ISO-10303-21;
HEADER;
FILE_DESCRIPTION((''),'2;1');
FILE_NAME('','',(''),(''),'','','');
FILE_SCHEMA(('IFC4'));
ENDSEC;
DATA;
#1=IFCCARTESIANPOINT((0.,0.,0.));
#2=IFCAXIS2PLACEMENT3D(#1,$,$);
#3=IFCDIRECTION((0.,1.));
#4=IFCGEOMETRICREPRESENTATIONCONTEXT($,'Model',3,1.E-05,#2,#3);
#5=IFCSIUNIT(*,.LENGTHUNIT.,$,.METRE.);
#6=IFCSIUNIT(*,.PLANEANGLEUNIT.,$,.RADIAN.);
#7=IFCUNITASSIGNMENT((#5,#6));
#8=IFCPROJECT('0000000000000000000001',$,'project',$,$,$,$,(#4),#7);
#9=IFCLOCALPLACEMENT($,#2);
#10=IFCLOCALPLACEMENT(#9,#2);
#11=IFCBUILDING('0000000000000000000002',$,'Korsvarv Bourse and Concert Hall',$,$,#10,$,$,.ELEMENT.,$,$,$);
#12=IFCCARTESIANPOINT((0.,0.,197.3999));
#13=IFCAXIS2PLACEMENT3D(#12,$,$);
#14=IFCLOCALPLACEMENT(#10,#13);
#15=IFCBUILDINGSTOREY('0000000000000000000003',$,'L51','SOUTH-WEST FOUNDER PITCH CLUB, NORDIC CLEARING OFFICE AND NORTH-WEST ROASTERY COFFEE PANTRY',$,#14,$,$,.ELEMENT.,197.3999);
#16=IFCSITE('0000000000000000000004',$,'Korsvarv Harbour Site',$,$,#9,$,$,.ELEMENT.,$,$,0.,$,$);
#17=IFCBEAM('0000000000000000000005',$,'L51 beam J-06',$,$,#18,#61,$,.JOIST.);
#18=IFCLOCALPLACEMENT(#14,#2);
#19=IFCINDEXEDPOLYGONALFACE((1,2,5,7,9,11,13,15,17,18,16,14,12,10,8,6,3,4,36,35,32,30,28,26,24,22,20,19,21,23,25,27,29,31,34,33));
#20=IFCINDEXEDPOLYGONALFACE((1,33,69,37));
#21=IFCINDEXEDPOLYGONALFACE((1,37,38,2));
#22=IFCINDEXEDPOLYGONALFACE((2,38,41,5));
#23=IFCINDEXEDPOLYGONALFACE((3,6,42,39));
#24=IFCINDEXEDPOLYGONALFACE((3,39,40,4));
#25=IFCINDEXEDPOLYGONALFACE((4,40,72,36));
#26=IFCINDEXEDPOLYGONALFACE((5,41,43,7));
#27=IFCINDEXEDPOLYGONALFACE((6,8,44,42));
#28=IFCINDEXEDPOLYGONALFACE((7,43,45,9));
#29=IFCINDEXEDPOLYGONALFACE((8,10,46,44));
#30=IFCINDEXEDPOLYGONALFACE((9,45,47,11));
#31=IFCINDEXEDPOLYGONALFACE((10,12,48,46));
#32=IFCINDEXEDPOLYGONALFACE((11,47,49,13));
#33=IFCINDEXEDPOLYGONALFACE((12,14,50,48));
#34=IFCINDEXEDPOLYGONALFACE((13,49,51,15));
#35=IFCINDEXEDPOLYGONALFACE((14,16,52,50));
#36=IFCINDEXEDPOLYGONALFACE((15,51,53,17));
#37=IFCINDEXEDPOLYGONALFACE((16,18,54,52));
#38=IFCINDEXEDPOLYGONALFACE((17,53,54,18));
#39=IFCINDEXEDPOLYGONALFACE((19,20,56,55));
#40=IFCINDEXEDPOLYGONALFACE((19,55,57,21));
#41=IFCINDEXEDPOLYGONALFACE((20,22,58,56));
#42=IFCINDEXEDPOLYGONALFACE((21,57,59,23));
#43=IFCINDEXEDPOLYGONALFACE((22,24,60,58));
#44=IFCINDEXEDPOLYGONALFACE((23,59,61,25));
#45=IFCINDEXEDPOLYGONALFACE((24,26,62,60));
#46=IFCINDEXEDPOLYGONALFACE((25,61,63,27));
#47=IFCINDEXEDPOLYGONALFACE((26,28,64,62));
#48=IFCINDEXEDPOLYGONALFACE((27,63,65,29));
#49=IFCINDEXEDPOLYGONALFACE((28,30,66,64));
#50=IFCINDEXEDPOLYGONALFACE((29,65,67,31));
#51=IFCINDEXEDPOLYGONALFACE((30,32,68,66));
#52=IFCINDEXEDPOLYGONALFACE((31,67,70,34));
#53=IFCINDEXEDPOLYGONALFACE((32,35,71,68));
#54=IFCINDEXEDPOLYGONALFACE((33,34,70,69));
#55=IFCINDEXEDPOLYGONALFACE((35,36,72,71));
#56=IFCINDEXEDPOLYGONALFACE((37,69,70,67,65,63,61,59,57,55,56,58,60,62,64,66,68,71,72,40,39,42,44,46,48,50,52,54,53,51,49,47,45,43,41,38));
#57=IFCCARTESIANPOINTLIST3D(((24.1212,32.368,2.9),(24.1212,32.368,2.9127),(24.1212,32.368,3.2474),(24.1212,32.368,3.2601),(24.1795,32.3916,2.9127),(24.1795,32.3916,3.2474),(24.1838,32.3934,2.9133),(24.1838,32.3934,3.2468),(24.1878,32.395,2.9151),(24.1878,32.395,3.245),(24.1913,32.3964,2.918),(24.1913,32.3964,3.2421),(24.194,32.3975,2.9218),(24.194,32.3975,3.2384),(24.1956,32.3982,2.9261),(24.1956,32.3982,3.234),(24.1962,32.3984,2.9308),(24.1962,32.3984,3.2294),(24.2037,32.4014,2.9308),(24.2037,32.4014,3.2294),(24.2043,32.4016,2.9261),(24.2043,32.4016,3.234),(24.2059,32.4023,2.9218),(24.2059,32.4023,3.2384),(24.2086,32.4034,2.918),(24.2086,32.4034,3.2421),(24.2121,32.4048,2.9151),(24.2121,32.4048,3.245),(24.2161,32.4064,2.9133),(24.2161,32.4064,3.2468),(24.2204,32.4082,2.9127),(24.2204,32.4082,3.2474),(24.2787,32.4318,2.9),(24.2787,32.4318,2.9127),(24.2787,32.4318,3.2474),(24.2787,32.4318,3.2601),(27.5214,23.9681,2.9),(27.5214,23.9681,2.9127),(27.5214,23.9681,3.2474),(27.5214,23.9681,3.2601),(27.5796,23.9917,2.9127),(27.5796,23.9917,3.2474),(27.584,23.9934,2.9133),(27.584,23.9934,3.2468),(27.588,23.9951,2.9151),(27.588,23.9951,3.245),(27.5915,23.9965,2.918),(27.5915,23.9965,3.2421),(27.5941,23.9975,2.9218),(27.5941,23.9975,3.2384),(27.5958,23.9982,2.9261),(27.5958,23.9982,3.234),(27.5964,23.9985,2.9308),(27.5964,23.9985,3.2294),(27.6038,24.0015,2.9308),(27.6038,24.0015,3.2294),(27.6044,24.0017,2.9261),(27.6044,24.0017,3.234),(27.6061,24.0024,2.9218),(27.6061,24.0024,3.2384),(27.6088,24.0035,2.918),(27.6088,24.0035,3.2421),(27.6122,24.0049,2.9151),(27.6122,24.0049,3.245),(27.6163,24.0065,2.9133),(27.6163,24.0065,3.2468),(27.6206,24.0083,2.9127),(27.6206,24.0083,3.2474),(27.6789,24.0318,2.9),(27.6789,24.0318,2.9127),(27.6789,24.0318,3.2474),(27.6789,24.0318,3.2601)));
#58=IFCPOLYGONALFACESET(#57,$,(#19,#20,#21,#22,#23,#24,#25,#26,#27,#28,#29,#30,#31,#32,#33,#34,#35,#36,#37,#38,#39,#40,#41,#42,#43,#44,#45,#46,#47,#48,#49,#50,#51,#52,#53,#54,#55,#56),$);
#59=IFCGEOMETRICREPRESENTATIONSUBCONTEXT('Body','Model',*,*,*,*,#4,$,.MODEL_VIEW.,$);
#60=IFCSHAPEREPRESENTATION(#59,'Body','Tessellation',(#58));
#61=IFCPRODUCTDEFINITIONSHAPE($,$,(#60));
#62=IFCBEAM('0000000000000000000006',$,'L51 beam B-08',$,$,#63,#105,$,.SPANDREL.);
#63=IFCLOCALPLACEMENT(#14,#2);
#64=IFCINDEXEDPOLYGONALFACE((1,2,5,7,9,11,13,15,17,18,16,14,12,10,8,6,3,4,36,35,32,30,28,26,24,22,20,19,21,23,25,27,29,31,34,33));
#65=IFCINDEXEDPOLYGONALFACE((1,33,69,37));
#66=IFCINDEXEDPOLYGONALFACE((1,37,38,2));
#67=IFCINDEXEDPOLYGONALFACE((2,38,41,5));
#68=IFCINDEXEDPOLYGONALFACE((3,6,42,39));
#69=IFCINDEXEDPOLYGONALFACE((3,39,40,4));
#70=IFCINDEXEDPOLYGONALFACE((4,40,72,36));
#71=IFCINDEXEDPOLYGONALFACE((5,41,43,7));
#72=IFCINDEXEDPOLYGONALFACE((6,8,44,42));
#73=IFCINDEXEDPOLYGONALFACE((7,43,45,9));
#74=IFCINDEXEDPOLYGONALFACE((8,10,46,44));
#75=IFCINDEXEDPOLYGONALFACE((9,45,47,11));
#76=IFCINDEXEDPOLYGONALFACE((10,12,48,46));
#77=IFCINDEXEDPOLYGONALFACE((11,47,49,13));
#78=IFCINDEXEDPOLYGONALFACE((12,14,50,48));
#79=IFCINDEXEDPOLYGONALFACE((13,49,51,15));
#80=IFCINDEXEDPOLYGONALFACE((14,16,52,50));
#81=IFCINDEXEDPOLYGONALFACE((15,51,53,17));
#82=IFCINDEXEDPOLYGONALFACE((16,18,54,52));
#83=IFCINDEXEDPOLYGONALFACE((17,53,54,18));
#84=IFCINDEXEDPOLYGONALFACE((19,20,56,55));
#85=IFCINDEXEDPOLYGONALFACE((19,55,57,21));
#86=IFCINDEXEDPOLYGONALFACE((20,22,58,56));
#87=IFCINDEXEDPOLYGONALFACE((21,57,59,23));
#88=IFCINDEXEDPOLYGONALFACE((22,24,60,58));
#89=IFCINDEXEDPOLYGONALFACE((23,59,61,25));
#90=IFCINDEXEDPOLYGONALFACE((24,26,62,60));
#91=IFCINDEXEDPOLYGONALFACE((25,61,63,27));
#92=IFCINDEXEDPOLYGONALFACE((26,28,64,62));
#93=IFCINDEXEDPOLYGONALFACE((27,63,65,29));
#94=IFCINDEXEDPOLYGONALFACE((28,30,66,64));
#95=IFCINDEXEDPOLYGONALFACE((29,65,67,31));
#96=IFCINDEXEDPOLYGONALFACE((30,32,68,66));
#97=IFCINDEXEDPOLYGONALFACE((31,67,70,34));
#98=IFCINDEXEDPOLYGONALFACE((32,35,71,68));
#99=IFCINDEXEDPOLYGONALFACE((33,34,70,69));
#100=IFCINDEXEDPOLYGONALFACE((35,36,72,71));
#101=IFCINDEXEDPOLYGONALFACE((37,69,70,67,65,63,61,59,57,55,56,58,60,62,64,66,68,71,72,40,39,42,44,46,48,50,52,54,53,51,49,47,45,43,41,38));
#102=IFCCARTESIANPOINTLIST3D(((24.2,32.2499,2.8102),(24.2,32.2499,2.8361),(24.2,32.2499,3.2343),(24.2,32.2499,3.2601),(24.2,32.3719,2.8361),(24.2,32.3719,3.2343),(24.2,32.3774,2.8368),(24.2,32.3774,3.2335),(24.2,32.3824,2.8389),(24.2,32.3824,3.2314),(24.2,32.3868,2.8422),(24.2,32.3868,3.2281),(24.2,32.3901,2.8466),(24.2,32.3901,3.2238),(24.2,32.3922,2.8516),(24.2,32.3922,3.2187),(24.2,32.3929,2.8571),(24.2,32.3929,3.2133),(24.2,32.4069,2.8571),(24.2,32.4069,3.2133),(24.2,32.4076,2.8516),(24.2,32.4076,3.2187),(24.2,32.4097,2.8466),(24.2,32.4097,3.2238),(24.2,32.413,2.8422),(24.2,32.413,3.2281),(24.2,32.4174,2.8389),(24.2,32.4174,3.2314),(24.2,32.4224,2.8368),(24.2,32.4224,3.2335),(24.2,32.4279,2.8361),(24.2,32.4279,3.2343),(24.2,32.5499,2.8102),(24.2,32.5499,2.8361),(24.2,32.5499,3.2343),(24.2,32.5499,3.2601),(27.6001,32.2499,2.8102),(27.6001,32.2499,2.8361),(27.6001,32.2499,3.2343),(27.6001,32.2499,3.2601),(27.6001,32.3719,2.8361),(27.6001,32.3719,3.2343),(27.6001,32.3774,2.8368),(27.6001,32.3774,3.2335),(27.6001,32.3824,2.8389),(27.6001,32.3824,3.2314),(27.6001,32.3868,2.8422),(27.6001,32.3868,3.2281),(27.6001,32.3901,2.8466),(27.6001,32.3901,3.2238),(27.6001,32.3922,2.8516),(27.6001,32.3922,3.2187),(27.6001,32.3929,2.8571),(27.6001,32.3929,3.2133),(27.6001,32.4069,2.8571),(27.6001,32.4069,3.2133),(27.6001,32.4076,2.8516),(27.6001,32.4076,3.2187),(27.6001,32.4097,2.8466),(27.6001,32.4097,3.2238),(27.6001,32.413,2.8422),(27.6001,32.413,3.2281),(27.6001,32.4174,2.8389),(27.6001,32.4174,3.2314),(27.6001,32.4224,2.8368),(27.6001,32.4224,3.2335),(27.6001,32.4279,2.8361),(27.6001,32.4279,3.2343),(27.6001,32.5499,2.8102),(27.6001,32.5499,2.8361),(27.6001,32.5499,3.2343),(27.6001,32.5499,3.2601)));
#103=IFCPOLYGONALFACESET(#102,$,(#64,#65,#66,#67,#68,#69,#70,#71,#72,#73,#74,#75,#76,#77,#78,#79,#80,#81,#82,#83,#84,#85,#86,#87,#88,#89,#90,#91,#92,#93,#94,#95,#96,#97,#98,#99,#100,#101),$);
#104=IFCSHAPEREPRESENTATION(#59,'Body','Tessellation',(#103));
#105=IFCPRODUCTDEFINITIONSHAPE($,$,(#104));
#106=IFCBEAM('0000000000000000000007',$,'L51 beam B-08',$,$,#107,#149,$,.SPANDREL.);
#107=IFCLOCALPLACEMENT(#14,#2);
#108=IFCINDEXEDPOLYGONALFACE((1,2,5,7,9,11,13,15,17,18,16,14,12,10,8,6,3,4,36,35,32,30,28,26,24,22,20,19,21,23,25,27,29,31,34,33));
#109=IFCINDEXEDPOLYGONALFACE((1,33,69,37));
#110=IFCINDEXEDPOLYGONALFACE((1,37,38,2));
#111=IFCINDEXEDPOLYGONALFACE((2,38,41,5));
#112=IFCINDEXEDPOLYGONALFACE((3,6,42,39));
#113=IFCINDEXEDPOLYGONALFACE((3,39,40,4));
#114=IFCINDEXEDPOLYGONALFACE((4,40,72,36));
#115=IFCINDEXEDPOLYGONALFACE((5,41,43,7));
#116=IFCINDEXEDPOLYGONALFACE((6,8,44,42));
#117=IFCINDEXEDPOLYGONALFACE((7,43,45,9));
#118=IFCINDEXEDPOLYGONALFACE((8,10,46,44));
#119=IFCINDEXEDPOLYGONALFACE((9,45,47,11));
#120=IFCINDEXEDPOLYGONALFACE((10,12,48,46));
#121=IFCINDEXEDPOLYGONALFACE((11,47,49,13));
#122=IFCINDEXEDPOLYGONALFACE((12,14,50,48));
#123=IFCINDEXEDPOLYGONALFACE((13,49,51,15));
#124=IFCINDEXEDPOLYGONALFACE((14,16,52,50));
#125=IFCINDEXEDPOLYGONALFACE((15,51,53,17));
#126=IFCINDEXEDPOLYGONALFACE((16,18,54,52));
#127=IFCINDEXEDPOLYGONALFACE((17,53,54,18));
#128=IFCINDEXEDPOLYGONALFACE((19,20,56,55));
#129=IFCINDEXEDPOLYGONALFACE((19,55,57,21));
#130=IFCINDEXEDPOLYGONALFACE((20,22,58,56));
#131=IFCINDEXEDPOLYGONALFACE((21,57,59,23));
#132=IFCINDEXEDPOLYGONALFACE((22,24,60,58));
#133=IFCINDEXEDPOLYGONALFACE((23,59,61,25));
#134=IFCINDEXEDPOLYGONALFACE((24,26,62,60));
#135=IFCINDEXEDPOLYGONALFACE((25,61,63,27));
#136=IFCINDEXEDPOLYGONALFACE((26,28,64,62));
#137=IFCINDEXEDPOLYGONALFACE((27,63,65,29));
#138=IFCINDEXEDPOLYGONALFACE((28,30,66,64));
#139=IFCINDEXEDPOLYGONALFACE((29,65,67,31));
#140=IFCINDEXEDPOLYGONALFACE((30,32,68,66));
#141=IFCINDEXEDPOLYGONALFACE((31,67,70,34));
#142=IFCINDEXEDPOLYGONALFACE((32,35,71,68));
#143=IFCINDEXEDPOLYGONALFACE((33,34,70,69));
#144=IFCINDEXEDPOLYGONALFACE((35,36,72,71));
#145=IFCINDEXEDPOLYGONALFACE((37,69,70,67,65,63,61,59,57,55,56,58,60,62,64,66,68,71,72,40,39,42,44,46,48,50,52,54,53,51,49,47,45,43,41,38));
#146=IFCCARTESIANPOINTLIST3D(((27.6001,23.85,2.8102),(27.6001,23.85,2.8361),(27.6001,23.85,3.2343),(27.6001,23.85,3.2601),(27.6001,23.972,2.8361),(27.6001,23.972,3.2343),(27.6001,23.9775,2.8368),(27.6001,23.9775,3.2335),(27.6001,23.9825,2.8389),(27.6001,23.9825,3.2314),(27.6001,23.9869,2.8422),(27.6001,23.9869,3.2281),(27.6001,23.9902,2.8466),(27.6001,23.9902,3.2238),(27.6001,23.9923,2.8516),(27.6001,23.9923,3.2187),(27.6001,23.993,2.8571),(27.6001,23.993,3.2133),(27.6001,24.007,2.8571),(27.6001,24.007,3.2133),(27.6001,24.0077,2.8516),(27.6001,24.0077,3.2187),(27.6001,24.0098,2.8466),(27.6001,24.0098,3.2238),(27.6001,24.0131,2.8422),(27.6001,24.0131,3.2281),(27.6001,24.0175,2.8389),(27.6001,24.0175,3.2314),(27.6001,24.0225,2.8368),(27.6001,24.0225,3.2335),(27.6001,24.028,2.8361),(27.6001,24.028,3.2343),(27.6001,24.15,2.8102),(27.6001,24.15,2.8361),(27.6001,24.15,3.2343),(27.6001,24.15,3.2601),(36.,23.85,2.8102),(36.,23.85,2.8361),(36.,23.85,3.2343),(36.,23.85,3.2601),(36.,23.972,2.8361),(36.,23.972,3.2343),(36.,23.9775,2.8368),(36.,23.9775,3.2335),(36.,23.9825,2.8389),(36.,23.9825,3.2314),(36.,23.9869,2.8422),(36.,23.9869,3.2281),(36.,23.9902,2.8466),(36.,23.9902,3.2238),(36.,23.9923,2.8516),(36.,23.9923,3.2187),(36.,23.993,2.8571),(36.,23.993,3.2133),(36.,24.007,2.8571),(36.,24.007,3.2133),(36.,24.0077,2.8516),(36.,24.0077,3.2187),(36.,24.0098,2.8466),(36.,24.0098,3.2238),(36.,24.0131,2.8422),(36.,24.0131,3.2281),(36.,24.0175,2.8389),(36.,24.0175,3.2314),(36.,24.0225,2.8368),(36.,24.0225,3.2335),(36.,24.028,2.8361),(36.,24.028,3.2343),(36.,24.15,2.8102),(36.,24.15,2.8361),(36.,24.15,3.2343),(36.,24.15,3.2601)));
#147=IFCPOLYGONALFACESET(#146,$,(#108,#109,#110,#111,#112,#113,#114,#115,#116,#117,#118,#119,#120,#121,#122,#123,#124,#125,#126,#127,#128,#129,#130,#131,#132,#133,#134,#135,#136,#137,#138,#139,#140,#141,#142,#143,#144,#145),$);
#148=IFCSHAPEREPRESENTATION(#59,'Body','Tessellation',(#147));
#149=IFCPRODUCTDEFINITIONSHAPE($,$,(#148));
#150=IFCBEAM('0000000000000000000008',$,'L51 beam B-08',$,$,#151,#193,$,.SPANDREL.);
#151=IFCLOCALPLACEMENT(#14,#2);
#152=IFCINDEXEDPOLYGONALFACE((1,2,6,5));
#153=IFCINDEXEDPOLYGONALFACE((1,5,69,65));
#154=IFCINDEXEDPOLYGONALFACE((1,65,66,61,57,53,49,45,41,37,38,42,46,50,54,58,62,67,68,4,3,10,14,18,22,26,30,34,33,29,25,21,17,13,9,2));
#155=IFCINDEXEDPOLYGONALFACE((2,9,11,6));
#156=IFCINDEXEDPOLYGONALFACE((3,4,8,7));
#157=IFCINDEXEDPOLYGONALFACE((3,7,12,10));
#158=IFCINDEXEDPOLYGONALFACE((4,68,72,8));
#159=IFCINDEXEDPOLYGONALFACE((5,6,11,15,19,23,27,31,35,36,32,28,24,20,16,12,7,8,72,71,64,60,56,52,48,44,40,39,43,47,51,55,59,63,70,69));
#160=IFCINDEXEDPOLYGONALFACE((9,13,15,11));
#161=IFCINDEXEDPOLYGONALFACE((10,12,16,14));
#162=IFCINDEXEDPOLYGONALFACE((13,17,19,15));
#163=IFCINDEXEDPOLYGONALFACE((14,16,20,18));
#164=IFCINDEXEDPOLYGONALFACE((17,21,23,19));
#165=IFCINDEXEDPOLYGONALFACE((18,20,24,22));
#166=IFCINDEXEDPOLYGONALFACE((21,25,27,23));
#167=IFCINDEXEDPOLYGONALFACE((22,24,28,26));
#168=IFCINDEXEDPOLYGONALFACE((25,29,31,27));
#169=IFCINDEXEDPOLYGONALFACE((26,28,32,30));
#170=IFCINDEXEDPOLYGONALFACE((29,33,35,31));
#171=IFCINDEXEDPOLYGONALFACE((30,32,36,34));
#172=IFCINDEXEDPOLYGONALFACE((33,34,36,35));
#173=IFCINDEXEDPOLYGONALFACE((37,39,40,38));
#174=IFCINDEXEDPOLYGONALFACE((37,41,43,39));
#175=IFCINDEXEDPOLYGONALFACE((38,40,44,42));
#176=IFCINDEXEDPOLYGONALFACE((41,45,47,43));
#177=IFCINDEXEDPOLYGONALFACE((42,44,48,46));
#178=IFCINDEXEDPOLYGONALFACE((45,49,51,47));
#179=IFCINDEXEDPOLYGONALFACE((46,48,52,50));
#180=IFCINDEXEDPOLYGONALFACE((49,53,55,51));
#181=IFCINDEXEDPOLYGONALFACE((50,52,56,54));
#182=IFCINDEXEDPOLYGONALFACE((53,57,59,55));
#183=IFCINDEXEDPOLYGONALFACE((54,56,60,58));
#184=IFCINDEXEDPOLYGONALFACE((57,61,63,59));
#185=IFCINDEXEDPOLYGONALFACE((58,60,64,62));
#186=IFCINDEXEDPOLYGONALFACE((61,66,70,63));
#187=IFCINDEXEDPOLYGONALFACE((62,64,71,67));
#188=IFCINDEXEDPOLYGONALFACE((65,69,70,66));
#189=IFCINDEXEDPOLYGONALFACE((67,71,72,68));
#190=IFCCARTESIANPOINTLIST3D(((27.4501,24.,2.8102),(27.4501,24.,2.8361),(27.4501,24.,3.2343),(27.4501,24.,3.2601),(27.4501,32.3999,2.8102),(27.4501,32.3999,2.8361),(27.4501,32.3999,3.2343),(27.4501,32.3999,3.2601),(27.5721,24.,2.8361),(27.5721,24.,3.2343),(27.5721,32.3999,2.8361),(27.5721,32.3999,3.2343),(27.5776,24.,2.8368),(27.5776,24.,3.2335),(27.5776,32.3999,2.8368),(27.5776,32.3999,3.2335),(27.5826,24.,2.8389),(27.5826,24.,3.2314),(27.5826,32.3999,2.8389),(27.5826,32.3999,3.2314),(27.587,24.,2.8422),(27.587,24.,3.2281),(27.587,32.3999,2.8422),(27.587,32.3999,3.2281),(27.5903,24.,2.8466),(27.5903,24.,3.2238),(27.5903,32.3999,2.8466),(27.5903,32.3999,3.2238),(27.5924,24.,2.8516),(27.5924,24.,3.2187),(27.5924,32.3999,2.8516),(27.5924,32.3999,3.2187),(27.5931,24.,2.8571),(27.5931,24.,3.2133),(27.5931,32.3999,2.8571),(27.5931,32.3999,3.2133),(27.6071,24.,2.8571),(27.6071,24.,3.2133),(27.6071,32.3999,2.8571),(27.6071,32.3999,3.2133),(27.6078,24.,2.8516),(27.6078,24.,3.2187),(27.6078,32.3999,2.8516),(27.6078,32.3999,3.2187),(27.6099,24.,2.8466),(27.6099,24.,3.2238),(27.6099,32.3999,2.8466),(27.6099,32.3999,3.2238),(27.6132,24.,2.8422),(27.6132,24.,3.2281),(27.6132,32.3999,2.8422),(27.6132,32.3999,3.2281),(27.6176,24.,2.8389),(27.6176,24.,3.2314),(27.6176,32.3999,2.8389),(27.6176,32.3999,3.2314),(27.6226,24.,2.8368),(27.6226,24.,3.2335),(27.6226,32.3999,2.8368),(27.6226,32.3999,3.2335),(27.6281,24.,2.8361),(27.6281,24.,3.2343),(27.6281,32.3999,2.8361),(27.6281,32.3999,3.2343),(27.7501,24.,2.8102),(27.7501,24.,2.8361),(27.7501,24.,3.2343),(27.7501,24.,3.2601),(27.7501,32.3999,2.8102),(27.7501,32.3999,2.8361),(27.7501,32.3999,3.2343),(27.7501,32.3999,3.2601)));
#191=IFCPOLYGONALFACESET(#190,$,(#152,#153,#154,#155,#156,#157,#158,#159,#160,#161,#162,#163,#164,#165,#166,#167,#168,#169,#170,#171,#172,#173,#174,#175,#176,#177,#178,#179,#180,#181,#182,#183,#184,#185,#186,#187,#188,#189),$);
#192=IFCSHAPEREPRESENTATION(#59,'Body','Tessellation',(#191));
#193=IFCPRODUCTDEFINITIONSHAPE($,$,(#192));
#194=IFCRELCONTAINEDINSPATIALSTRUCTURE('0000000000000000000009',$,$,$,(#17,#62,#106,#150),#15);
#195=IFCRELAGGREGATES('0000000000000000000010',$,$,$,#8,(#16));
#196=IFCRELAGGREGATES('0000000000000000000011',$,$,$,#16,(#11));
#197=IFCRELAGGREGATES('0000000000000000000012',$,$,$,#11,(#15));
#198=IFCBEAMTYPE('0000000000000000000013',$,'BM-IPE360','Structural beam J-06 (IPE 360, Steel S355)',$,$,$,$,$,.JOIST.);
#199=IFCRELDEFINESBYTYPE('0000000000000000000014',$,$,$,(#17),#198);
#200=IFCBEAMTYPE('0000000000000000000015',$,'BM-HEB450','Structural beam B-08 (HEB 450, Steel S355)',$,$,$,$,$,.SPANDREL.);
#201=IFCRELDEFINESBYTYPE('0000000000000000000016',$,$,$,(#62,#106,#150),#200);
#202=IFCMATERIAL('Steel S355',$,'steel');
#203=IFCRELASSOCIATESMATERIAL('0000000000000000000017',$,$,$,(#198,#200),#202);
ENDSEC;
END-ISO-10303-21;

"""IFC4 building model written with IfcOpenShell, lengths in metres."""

from ifc_helpers import new_model, si_unit, direction, frame, origin, origin_2d, place, context, subcontext, project, spatial, i_section, extrude, source, transform, mapped, material, material_profile, profile_set, type_object, element, save


model = new_model("IFC4")

# Units and contexts
model_context = context("Model", 3, precision=1e-05, world=origin(), true_north=direction((0.0, 1.0)))
body_context = subcontext(model_context, "Body", "Model", "MODEL_VIEW")
ifc_project = project(units=[si_unit("LENGTHUNIT", "METRE"), si_unit("PLANEANGLEUNIT", "RADIAN")], contexts=[model_context])

# Site, building, storey
site_placement = place(None, origin())
site = spatial("IfcSite", under=ifc_project, at=site_placement, Name="Korsvarv Harbour Site", CompositionType="ELEMENT", RefElevation=0.0)
building_placement = place(site_placement, origin())
building = spatial("IfcBuilding", under=site, at=building_placement, Name="Korsvarv Bourse and Concert Hall", CompositionType="ELEMENT")
storey_placement = place(building_placement, frame((0.0, 0.0, 197.3999)))
storey = spatial("IfcBuildingStorey", under=building, at=storey_placement, Name="L51", Description="SOUTH-WEST FOUNDER PITCH CLUB, NORDIC CLEARING OFFICE AND NORTH-WEST ROASTERY COFFEE PANTRY", CompositionType="ELEMENT", Elevation=197.3999)

# Shared definitions
ifc_material_1 = material(Name="Steel S355", Category="steel")

# Beams
ifc_material_profile_1 = material_profile(ifc_material_1, i_section(OverallWidth=0.1699, OverallDepth=0.3601, WebThickness=0.0081, FlangeThickness=0.0127, FilletRadius=0.0181, at=origin_2d()), Name="IPE 360")
ifc_profile_set_1 = profile_set([ifc_material_profile_1], Name="Steel S355")
beam_type_1 = type_object("IfcBeamType", Name="BM-IPE360", Description="Structural beam J-06 (IPE 360, Steel S355)", PredefinedType="JOIST", material=ifc_profile_set_1)
shared_shape_1 = source(origin(), body_context, "Body", "SweptSolid", [
    extrude(i_section(OverallWidth=0.1699, OverallDepth=0.3601, WebThickness=0.0081, FlangeThickness=0.0127, FilletRadius=0.0181, at=origin_2d()), origin(), (0.0, 0.0, 1.0), 9.062),
])
beam_1_placement = place(storey_placement, frame((24.2, 32.3999, 3.0801), z_axis=(0.37521, -0.92694, 0.0), x_axis=(0.92694, 0.37521, 0.0)))
element("IfcBeam", 1, at=beam_1_placement, inside=storey, type_object=beam_type_1, Name="L51 beam J-06", PredefinedType="JOIST", context=body_context, shape_type="MappedRepresentation", body=[
    mapped(shared_shape_1, transform((0.0, 0.0, 0.0), scale=1.0)),
])
ifc_material_profile_2 = material_profile(ifc_material_1, i_section(OverallWidth=0.3, OverallDepth=0.45, WebThickness=0.0139, FlangeThickness=0.0259, FilletRadius=0.021, at=origin_2d()), Name="HEB 450")
ifc_profile_set_2 = profile_set([ifc_material_profile_2], Name="Steel S355")
beam_type_2 = type_object("IfcBeamType", Name="BM-HEB450", Description="Structural beam B-08 (HEB 450, Steel S355)", PredefinedType="SPANDREL", material=ifc_profile_set_2)
shared_shape_2 = source(origin(), body_context, "Body", "SweptSolid", [
    extrude(i_section(OverallWidth=0.3, OverallDepth=0.45, WebThickness=0.0139, FlangeThickness=0.0259, FilletRadius=0.021, at=origin_2d()), origin(), (0.0, 0.0, 1.0), 3.4001),
])
beam_2_placement = place(storey_placement, frame((24.2, 32.3999, 3.0352), z_axis=(1.0, 0.0, 0.0), x_axis=(0.0, 1.0, 0.0)))
element("IfcBeam", 2, at=beam_2_placement, inside=storey, type_object=beam_type_2, Name="L51 beam B-08", PredefinedType="SPANDREL", context=body_context, shape_type="MappedRepresentation", body=[
    mapped(shared_shape_2, transform((0.0, 0.0, 0.0), scale=1.0)),
])
shared_shape_3 = source(origin(), body_context, "Body", "SweptSolid", [
    extrude(i_section(OverallWidth=0.3, OverallDepth=0.45, WebThickness=0.0139, FlangeThickness=0.0259, FilletRadius=0.021, at=origin_2d()), origin(), (0.0, 0.0, 1.0), 8.3999),
])
for number, where, z_axis, x_axis, name in (
    (3, (27.6001, 24.0, 3.0352), (1.0, 0.0, 0.0), (0.0, 1.0, 0.0), "L51 beam B-08"),
    (4, (27.6001, 24.0, 3.0352), (0.0, 1.0, 0.0), (-1.0, 0.0, 0.0), "L51 beam B-08"),
):
    element("IfcBeam", number, at=place(storey_placement, frame(where, z_axis=z_axis, x_axis=x_axis)), inside=storey, type_object=beam_type_2, Name=name, PredefinedType="SPANDREL", context=body_context, shape_type="MappedRepresentation", body=[
        mapped(shared_shape_3, transform((0.0, 0.0, 0.0), scale=1.0)),
    ])

save(model, "model.ifc")
